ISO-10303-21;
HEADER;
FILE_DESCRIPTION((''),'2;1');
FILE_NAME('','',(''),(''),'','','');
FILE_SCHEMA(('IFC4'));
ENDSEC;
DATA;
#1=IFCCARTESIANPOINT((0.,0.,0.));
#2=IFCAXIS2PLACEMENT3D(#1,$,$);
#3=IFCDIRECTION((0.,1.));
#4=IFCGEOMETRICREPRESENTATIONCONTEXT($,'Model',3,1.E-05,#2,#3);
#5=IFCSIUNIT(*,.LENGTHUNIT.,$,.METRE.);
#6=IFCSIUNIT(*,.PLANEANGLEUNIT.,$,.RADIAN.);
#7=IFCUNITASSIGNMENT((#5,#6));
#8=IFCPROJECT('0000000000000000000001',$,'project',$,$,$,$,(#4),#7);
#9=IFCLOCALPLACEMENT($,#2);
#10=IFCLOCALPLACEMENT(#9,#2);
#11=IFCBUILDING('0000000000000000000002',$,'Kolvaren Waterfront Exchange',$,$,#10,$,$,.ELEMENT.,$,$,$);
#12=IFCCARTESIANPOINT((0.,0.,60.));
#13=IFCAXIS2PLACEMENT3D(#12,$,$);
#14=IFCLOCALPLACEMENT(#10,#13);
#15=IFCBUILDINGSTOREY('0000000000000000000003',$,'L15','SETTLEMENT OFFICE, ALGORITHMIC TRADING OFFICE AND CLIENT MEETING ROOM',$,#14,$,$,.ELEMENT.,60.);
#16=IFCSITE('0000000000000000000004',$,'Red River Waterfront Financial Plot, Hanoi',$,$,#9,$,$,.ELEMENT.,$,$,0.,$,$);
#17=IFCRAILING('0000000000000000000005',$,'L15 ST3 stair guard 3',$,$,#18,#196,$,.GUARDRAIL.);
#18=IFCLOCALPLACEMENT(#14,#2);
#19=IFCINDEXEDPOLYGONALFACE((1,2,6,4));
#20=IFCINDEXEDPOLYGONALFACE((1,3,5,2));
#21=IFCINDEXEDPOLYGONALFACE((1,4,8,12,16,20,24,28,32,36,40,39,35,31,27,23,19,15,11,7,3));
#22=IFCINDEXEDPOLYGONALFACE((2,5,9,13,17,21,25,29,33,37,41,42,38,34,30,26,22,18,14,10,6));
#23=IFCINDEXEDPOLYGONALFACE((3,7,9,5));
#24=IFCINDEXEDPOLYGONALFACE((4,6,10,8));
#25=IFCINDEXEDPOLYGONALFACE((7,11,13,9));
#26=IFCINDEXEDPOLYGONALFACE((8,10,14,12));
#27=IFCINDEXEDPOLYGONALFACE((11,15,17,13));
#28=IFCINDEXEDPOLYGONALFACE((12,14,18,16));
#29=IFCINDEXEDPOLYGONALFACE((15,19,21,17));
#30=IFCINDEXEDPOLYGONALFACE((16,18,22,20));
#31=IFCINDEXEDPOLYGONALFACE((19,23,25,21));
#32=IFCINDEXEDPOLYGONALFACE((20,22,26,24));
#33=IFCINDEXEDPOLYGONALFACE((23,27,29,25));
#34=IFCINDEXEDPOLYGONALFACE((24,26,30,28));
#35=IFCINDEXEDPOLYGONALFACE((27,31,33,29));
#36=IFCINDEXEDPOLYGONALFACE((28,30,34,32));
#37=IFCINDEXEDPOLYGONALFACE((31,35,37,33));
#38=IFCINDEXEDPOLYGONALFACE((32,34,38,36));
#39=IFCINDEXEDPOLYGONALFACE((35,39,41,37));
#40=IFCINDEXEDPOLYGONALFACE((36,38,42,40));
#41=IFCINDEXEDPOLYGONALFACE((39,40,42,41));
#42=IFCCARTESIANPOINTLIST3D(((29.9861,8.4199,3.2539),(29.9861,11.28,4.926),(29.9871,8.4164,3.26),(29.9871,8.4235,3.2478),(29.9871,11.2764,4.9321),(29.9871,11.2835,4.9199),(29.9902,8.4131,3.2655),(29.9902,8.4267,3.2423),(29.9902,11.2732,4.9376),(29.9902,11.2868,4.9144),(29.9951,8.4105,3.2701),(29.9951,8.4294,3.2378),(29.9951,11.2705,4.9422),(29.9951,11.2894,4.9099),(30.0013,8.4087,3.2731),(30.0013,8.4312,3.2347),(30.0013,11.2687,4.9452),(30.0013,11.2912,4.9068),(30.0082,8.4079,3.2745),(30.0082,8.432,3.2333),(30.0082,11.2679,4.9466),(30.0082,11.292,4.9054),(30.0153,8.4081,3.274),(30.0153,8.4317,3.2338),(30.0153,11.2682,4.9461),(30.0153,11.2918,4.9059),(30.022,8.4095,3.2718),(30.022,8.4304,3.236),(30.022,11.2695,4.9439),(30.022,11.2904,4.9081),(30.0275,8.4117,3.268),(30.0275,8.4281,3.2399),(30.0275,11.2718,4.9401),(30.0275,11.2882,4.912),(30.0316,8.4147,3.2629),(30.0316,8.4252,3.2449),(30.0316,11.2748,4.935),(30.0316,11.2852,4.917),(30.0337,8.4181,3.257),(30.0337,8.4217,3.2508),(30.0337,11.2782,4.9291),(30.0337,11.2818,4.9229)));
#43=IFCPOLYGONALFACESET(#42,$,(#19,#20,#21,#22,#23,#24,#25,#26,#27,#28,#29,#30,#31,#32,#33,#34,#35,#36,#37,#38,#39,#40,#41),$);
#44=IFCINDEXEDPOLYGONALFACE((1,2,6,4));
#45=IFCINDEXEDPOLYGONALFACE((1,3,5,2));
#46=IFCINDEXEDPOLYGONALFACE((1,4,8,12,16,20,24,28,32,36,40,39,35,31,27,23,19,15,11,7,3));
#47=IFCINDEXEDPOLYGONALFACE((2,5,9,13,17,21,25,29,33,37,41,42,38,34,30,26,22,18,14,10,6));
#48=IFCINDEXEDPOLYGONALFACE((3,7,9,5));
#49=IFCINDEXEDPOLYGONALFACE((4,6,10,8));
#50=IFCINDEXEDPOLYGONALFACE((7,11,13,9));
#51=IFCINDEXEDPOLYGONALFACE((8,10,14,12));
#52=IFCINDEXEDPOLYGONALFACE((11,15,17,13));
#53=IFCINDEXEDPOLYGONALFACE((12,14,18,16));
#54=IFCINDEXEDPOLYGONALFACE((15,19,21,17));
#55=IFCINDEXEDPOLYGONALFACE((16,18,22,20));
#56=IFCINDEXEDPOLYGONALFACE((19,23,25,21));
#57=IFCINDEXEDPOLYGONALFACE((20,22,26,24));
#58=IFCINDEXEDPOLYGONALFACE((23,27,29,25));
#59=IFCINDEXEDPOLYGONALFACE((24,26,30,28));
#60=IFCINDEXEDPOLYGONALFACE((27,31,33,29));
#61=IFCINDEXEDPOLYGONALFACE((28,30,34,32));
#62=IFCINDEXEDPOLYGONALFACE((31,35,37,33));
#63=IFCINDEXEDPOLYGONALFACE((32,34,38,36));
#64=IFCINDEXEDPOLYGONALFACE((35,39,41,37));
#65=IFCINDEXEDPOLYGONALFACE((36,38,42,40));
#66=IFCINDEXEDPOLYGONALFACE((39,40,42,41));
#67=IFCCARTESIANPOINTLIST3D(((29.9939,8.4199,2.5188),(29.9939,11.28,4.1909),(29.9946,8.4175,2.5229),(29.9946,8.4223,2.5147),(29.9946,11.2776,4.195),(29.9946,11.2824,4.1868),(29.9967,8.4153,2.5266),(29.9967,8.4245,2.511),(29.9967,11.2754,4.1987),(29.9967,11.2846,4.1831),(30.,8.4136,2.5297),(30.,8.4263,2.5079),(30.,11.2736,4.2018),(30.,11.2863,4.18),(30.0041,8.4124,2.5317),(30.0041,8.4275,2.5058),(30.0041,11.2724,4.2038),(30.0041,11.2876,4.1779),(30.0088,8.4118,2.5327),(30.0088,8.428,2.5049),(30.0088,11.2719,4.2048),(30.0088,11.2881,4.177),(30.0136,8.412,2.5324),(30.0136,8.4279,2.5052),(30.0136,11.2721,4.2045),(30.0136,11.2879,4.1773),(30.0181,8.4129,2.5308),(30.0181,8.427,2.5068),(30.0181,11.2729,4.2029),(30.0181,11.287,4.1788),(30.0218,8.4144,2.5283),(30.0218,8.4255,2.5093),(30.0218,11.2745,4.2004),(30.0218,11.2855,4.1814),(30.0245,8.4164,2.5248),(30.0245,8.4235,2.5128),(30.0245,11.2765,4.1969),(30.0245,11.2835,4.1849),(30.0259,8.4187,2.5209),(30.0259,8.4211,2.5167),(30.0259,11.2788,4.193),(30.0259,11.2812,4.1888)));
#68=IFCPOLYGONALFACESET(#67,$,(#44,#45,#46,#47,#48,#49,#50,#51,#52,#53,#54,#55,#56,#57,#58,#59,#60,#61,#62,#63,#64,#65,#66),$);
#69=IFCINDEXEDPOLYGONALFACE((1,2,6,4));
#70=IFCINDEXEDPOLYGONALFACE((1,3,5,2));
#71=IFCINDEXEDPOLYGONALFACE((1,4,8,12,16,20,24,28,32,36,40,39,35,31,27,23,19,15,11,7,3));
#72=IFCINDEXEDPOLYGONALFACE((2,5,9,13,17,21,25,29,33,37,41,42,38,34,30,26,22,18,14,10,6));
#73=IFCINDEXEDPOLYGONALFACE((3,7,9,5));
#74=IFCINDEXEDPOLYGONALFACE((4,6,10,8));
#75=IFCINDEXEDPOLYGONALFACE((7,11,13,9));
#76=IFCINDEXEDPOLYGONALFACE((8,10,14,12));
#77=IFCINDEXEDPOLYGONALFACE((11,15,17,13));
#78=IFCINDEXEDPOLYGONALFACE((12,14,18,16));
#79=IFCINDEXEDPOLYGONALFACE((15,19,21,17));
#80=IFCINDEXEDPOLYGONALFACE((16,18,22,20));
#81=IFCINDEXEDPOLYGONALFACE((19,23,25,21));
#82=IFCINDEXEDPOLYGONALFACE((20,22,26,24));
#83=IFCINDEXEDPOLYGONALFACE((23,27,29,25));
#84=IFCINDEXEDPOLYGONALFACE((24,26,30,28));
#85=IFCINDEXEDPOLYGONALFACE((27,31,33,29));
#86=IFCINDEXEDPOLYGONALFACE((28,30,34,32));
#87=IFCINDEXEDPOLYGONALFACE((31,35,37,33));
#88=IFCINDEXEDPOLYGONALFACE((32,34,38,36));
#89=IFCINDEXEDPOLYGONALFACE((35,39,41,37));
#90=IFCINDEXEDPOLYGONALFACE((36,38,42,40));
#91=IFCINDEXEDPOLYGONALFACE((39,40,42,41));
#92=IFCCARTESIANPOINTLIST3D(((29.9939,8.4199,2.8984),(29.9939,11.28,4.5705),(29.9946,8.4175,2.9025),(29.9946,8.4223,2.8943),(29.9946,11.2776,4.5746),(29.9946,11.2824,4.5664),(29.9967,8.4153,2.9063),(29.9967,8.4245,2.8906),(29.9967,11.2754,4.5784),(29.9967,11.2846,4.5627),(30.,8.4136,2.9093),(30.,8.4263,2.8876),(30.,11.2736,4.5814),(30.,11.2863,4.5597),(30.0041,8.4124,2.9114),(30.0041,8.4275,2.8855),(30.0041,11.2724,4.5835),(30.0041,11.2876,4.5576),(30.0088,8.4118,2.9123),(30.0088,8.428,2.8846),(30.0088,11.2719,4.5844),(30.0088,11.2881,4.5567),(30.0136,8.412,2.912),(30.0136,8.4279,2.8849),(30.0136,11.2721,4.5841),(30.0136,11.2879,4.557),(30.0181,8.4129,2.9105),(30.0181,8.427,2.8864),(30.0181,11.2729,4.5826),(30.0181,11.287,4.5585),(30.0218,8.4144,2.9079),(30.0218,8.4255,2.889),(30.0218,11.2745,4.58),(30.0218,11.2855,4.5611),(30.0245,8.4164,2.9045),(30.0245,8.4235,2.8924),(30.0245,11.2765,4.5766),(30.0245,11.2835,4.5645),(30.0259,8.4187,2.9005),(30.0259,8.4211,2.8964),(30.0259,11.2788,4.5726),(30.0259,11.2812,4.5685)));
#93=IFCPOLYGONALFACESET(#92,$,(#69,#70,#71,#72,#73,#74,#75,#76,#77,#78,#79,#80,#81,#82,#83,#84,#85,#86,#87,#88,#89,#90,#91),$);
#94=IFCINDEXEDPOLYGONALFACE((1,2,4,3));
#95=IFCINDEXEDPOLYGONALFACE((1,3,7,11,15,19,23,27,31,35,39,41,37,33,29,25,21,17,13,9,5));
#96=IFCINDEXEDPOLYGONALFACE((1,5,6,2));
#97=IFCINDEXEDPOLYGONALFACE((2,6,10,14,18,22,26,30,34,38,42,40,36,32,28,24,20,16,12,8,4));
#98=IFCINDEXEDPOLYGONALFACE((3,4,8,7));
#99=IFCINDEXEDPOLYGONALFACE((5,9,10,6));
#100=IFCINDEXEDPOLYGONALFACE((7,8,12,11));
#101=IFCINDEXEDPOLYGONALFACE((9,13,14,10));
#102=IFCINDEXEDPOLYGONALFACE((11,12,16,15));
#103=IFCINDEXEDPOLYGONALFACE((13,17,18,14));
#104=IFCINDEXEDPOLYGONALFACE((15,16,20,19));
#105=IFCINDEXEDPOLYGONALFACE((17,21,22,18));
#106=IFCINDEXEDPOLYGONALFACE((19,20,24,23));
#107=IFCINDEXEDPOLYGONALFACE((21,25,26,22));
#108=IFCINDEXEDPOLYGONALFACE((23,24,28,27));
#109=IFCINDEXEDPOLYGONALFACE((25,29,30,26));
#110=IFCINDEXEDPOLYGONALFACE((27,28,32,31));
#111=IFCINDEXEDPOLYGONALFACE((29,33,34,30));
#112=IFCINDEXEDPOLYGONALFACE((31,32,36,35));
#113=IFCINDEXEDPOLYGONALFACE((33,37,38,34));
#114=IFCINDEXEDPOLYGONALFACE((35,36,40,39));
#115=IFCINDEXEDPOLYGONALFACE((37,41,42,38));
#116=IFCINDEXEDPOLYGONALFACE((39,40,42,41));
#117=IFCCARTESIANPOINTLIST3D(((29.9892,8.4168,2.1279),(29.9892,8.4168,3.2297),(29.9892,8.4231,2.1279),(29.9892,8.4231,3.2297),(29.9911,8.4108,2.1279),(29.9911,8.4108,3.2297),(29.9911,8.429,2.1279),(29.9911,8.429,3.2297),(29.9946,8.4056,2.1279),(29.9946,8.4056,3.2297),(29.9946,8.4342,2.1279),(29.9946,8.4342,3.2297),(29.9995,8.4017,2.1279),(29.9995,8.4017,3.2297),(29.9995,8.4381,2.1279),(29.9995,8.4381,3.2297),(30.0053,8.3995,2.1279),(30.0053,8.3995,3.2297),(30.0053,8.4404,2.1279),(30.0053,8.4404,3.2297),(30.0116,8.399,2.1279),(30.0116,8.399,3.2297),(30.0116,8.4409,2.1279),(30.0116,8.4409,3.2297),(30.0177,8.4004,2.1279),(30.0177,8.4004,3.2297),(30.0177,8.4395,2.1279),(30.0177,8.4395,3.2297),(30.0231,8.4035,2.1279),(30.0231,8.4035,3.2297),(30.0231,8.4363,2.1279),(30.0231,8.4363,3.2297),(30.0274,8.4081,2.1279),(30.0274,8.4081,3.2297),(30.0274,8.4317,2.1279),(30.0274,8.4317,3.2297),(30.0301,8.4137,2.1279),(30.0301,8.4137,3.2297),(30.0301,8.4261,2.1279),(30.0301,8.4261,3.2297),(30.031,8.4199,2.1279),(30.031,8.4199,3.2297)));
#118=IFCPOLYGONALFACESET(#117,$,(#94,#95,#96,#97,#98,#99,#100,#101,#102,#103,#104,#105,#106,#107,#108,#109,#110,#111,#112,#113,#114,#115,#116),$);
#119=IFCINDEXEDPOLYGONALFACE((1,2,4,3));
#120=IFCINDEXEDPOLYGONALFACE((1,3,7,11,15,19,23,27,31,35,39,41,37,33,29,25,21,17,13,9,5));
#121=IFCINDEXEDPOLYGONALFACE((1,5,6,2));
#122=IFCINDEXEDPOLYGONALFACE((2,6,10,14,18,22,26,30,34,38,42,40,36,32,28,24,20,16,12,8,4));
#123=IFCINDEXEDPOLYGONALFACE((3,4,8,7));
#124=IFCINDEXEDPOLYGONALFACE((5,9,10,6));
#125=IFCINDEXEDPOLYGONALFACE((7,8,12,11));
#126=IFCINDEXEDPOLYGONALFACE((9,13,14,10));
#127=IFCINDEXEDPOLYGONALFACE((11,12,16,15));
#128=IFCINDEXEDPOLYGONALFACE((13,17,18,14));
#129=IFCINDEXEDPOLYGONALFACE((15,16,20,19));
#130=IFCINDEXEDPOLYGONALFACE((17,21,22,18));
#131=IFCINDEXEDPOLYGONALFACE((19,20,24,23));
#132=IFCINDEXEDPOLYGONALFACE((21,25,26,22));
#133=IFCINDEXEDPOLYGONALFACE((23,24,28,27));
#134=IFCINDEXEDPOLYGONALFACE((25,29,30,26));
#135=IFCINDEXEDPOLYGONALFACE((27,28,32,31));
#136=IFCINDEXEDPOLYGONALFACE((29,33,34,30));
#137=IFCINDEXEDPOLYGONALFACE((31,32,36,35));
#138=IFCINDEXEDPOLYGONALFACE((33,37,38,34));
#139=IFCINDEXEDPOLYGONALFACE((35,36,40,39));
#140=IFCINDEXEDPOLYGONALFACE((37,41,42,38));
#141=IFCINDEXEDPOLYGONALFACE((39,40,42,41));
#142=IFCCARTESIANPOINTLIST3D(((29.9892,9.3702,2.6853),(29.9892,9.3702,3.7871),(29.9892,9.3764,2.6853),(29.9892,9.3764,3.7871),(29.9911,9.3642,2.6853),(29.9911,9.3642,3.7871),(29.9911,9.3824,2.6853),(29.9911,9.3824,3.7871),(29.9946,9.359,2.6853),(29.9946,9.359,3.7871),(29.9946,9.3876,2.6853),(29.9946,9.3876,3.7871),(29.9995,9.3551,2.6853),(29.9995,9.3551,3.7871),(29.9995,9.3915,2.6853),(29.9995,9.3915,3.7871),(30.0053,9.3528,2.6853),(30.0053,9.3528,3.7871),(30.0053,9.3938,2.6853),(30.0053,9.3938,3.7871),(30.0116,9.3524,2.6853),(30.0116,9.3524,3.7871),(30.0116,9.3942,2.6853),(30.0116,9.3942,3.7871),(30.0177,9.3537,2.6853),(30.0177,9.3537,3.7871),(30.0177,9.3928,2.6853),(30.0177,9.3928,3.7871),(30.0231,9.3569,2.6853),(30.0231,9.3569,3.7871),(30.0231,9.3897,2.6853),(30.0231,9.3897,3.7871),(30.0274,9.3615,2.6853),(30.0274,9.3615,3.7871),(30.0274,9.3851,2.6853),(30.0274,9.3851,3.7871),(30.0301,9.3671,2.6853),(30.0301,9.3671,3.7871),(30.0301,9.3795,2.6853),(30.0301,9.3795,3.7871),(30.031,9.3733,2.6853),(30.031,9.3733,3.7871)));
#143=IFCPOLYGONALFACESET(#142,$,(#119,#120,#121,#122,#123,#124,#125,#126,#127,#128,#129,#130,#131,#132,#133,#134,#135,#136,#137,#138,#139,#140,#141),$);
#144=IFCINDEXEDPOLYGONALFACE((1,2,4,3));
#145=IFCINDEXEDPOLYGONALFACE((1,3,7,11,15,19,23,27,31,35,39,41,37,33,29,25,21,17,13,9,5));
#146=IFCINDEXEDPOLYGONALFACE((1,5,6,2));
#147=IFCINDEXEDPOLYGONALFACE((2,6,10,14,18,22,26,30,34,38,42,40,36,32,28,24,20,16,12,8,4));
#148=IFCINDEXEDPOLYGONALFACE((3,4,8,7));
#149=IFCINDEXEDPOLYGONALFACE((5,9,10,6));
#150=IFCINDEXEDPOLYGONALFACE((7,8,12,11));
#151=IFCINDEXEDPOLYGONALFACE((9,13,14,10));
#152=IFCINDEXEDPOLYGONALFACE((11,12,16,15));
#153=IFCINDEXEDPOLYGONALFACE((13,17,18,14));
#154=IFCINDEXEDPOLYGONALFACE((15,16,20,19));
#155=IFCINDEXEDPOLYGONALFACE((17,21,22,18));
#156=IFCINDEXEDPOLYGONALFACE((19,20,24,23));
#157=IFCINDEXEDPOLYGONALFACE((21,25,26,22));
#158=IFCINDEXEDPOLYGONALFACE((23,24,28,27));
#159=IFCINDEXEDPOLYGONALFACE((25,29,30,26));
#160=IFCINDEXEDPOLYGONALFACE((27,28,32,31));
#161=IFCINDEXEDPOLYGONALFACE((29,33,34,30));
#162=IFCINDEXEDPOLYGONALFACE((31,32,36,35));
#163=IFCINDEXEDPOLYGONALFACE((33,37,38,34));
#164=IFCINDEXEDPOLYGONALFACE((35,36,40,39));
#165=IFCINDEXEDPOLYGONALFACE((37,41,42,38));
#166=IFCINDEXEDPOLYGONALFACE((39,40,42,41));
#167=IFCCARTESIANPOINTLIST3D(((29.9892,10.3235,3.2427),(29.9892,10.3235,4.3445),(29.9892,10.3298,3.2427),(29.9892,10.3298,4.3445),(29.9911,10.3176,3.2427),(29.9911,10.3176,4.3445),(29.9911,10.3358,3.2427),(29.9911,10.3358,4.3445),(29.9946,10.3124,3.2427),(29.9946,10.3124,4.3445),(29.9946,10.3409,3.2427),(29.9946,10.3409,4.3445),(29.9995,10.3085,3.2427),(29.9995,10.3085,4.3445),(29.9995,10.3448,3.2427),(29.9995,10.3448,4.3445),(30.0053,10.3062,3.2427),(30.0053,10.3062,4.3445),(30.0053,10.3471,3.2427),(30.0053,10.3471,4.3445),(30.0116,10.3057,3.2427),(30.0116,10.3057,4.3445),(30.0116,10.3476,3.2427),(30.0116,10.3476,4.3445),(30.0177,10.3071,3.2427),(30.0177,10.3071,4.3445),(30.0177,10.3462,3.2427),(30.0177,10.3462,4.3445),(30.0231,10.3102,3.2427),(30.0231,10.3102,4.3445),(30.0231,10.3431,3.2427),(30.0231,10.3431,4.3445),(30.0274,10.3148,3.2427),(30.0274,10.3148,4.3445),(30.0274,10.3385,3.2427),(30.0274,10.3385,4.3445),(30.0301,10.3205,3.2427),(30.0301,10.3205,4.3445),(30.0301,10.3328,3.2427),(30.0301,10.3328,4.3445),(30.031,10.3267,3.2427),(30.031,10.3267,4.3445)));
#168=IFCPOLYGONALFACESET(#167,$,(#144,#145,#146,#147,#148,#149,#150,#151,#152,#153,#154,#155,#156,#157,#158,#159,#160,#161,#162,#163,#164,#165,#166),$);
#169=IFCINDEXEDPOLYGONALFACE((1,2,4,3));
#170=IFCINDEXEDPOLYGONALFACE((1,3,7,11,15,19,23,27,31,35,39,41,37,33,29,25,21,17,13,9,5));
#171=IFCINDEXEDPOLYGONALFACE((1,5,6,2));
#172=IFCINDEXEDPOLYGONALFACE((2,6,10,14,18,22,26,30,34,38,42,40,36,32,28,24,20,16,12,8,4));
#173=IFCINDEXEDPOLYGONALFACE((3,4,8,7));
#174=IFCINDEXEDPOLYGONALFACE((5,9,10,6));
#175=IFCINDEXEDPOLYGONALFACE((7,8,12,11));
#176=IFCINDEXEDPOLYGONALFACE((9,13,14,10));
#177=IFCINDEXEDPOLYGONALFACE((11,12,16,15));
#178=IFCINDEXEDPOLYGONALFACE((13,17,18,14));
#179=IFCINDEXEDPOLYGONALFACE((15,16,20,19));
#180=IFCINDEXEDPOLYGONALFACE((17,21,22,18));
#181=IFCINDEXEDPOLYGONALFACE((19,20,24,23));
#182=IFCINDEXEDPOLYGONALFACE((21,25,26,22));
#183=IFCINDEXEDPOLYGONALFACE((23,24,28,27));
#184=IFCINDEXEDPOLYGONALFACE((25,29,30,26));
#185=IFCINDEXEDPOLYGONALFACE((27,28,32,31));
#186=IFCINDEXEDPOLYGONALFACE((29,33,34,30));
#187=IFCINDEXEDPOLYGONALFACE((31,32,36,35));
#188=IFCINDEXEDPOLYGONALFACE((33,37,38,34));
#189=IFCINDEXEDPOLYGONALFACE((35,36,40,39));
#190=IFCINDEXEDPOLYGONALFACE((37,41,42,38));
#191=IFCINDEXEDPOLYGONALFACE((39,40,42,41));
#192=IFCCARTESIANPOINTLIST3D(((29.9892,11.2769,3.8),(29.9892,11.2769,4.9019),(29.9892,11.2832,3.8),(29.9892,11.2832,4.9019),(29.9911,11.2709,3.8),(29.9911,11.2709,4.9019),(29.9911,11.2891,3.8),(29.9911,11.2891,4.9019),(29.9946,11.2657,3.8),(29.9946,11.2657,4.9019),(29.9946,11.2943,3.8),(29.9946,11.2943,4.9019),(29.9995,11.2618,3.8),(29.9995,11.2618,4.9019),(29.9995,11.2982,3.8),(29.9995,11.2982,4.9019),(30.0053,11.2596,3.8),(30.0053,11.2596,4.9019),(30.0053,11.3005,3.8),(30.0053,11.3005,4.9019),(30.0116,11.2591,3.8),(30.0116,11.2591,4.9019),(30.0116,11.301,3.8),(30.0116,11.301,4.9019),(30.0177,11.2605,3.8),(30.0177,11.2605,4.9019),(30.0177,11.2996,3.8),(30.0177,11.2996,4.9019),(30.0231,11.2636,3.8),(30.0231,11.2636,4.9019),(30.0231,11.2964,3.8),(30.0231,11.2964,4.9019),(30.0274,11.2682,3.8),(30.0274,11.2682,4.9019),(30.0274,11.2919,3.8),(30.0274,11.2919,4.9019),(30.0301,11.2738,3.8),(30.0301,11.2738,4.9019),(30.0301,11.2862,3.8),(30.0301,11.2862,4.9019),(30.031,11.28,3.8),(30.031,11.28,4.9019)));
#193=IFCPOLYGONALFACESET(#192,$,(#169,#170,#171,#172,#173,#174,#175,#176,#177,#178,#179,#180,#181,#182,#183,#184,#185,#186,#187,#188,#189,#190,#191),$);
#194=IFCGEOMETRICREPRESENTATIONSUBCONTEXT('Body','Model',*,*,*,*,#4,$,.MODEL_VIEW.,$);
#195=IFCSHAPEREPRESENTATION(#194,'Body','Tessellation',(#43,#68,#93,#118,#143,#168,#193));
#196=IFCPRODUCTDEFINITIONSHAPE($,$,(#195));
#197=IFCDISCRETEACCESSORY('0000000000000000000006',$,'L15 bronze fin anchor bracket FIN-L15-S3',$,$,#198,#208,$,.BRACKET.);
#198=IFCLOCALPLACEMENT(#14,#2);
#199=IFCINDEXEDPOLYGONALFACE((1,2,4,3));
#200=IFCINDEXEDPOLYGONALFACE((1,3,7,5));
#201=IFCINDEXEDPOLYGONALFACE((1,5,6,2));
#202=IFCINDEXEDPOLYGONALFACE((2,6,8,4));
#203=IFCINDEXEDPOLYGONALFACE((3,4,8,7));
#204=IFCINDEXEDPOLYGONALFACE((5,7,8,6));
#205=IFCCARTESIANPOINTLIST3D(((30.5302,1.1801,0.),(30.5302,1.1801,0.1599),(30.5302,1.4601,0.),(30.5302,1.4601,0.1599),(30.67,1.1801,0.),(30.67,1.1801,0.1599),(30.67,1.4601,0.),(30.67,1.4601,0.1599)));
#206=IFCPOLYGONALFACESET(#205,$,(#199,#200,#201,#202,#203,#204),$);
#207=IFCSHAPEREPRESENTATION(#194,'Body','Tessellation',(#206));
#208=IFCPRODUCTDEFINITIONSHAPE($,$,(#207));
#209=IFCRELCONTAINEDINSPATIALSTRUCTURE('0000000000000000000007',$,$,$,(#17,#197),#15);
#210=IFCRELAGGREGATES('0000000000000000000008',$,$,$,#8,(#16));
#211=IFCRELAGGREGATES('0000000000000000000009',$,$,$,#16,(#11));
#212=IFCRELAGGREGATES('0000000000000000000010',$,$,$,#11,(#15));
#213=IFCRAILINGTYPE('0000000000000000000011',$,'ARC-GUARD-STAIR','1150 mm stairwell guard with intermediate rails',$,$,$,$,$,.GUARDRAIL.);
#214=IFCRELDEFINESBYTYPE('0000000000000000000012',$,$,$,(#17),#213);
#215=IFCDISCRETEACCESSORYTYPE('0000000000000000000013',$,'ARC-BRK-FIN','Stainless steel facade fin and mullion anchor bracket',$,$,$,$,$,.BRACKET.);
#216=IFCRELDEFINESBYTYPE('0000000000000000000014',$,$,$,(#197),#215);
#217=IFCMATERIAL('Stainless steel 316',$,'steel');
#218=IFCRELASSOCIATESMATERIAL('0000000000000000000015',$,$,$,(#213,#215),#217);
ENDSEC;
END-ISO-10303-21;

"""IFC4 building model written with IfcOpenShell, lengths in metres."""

from ifc_helpers import new_model, si_unit, direction, frame, origin, origin_with_axes, origin_2d, place, context, subcontext, project, spatial, rectangle, circle, extrude, source, transform, mapped, material, type_object, element, save


model = new_model("IFC4")

# Units and contexts
model_context = context("Model", 3, precision=1e-05, world=origin(), true_north=direction((0.0, 1.0)))
body_context = subcontext(model_context, "Body", "Model", "MODEL_VIEW")
ifc_project = project(units=[si_unit("LENGTHUNIT", "METRE"), si_unit("PLANEANGLEUNIT", "RADIAN")], contexts=[model_context])

# Site, building, storey
site_placement = place(None, origin())
site = spatial("IfcSite", under=ifc_project, at=site_placement, Name="Red River Waterfront Financial Plot, Hanoi", CompositionType="ELEMENT", RefElevation=0.0)
building_placement = place(site_placement, origin())
building = spatial("IfcBuilding", under=site, at=building_placement, Name="Kolvaren Waterfront Exchange", CompositionType="ELEMENT")
storey_placement = place(building_placement, frame((0.0, 0.0, 60.0)))
storey = spatial("IfcBuildingStorey", under=building, at=storey_placement, Name="L15", Description="SETTLEMENT OFFICE, ALGORITHMIC TRADING OFFICE AND CLIENT MEETING ROOM", CompositionType="ELEMENT", Elevation=60.0)

# Railing
ifc_material_1 = material(Name="Stainless steel 316", Category="steel")
railing_type = type_object("IfcRailingType", Name="ARC-GUARD-STAIR", Description="1150 mm stairwell guard with intermediate rails", PredefinedType="GUARDRAIL", material=ifc_material_1)
railing_1_placement = place(storey_placement, frame((30.01, 8.4199, 2.1279)))
element("IfcRailing", 1, at=railing_1_placement, inside=storey, type_object=railing_type, Name="L15 ST3 stair guard 3", PredefinedType="GUARDRAIL", context=body_context, shape_type="SweptSolid", body=[
    extrude(circle(Radius=0.0239, at=origin_2d()), frame((0.0, 0.0, 1.126), z_axis=(0.0, 0.863289, 0.504709), x_axis=(-1.0, 0.0, 0.0)), (0.0, 0.0, 1.0), 3.313),
    extrude(circle(Radius=0.0161, at=origin_2d()), frame((0.0, 0.0, 0.3909), z_axis=(0.0, 0.863289, 0.504709), x_axis=(-1.0, 0.0, 0.0)), (0.0, 0.0, 1.0), 3.313),
    extrude(circle(Radius=0.0161, at=origin_2d()), frame((0.0, 0.0, 0.7705), z_axis=(0.0, 0.863289, 0.504709), x_axis=(-1.0, 0.0, 0.0)), (0.0, 0.0, 1.0), 3.313),
    extrude(circle(Radius=0.021, at=origin_2d()), origin(), (0.0, 0.0, 1.0), 1.1018),
    extrude(circle(Radius=0.021, at=origin_2d()), frame((0.0, 0.9534, 0.5574)), (0.0, 0.0, 1.0), 1.1018),
    extrude(circle(Radius=0.021, at=origin_2d()), frame((0.0, 1.9067, 1.1147)), (0.0, 0.0, 1.0), 1.1018),
    extrude(circle(Radius=0.021, at=origin_2d()), frame((0.0, 2.8601, 1.6721)), (0.0, 0.0, 1.0), 1.1018),
])

# Discrete accessory
discrete_accessory_type = type_object("IfcDiscreteAccessoryType", Name="ARC-BRK-FIN", Description="Stainless steel facade fin and mullion anchor bracket", PredefinedType="BRACKET", material=ifc_material_1)
shared_shape_1 = source(origin_with_axes(), body_context, "Body", "SweptSolid", [
    extrude(rectangle(XDim=0.28, YDim=0.1399, at=origin_2d()), origin(), (0.0, 0.0, 1.0), 0.1599),
])
discrete_accessory_placement = place(storey_placement, frame((30.6001, 1.3201, 0.0), z_axis=(0.0, 0.0, 1.0), x_axis=(0.0, -1.0, 0.0)))
element("IfcDiscreteAccessory", 2, at=discrete_accessory_placement, inside=storey, type_object=discrete_accessory_type, Name="L15 bronze fin anchor bracket FIN-L15-S3", PredefinedType="BRACKET", context=body_context, shape_type="MappedRepresentation", body=[
    mapped(shared_shape_1, transform((0.0, 0.0, 0.0), x_axis=(1.0, 0.0, 0.0), y_axis=(0.0, 1.0, 0.0), z_axis=(0.0, 0.0, 1.0), scale=1.0)),
])

save(model, "model.ifc")
